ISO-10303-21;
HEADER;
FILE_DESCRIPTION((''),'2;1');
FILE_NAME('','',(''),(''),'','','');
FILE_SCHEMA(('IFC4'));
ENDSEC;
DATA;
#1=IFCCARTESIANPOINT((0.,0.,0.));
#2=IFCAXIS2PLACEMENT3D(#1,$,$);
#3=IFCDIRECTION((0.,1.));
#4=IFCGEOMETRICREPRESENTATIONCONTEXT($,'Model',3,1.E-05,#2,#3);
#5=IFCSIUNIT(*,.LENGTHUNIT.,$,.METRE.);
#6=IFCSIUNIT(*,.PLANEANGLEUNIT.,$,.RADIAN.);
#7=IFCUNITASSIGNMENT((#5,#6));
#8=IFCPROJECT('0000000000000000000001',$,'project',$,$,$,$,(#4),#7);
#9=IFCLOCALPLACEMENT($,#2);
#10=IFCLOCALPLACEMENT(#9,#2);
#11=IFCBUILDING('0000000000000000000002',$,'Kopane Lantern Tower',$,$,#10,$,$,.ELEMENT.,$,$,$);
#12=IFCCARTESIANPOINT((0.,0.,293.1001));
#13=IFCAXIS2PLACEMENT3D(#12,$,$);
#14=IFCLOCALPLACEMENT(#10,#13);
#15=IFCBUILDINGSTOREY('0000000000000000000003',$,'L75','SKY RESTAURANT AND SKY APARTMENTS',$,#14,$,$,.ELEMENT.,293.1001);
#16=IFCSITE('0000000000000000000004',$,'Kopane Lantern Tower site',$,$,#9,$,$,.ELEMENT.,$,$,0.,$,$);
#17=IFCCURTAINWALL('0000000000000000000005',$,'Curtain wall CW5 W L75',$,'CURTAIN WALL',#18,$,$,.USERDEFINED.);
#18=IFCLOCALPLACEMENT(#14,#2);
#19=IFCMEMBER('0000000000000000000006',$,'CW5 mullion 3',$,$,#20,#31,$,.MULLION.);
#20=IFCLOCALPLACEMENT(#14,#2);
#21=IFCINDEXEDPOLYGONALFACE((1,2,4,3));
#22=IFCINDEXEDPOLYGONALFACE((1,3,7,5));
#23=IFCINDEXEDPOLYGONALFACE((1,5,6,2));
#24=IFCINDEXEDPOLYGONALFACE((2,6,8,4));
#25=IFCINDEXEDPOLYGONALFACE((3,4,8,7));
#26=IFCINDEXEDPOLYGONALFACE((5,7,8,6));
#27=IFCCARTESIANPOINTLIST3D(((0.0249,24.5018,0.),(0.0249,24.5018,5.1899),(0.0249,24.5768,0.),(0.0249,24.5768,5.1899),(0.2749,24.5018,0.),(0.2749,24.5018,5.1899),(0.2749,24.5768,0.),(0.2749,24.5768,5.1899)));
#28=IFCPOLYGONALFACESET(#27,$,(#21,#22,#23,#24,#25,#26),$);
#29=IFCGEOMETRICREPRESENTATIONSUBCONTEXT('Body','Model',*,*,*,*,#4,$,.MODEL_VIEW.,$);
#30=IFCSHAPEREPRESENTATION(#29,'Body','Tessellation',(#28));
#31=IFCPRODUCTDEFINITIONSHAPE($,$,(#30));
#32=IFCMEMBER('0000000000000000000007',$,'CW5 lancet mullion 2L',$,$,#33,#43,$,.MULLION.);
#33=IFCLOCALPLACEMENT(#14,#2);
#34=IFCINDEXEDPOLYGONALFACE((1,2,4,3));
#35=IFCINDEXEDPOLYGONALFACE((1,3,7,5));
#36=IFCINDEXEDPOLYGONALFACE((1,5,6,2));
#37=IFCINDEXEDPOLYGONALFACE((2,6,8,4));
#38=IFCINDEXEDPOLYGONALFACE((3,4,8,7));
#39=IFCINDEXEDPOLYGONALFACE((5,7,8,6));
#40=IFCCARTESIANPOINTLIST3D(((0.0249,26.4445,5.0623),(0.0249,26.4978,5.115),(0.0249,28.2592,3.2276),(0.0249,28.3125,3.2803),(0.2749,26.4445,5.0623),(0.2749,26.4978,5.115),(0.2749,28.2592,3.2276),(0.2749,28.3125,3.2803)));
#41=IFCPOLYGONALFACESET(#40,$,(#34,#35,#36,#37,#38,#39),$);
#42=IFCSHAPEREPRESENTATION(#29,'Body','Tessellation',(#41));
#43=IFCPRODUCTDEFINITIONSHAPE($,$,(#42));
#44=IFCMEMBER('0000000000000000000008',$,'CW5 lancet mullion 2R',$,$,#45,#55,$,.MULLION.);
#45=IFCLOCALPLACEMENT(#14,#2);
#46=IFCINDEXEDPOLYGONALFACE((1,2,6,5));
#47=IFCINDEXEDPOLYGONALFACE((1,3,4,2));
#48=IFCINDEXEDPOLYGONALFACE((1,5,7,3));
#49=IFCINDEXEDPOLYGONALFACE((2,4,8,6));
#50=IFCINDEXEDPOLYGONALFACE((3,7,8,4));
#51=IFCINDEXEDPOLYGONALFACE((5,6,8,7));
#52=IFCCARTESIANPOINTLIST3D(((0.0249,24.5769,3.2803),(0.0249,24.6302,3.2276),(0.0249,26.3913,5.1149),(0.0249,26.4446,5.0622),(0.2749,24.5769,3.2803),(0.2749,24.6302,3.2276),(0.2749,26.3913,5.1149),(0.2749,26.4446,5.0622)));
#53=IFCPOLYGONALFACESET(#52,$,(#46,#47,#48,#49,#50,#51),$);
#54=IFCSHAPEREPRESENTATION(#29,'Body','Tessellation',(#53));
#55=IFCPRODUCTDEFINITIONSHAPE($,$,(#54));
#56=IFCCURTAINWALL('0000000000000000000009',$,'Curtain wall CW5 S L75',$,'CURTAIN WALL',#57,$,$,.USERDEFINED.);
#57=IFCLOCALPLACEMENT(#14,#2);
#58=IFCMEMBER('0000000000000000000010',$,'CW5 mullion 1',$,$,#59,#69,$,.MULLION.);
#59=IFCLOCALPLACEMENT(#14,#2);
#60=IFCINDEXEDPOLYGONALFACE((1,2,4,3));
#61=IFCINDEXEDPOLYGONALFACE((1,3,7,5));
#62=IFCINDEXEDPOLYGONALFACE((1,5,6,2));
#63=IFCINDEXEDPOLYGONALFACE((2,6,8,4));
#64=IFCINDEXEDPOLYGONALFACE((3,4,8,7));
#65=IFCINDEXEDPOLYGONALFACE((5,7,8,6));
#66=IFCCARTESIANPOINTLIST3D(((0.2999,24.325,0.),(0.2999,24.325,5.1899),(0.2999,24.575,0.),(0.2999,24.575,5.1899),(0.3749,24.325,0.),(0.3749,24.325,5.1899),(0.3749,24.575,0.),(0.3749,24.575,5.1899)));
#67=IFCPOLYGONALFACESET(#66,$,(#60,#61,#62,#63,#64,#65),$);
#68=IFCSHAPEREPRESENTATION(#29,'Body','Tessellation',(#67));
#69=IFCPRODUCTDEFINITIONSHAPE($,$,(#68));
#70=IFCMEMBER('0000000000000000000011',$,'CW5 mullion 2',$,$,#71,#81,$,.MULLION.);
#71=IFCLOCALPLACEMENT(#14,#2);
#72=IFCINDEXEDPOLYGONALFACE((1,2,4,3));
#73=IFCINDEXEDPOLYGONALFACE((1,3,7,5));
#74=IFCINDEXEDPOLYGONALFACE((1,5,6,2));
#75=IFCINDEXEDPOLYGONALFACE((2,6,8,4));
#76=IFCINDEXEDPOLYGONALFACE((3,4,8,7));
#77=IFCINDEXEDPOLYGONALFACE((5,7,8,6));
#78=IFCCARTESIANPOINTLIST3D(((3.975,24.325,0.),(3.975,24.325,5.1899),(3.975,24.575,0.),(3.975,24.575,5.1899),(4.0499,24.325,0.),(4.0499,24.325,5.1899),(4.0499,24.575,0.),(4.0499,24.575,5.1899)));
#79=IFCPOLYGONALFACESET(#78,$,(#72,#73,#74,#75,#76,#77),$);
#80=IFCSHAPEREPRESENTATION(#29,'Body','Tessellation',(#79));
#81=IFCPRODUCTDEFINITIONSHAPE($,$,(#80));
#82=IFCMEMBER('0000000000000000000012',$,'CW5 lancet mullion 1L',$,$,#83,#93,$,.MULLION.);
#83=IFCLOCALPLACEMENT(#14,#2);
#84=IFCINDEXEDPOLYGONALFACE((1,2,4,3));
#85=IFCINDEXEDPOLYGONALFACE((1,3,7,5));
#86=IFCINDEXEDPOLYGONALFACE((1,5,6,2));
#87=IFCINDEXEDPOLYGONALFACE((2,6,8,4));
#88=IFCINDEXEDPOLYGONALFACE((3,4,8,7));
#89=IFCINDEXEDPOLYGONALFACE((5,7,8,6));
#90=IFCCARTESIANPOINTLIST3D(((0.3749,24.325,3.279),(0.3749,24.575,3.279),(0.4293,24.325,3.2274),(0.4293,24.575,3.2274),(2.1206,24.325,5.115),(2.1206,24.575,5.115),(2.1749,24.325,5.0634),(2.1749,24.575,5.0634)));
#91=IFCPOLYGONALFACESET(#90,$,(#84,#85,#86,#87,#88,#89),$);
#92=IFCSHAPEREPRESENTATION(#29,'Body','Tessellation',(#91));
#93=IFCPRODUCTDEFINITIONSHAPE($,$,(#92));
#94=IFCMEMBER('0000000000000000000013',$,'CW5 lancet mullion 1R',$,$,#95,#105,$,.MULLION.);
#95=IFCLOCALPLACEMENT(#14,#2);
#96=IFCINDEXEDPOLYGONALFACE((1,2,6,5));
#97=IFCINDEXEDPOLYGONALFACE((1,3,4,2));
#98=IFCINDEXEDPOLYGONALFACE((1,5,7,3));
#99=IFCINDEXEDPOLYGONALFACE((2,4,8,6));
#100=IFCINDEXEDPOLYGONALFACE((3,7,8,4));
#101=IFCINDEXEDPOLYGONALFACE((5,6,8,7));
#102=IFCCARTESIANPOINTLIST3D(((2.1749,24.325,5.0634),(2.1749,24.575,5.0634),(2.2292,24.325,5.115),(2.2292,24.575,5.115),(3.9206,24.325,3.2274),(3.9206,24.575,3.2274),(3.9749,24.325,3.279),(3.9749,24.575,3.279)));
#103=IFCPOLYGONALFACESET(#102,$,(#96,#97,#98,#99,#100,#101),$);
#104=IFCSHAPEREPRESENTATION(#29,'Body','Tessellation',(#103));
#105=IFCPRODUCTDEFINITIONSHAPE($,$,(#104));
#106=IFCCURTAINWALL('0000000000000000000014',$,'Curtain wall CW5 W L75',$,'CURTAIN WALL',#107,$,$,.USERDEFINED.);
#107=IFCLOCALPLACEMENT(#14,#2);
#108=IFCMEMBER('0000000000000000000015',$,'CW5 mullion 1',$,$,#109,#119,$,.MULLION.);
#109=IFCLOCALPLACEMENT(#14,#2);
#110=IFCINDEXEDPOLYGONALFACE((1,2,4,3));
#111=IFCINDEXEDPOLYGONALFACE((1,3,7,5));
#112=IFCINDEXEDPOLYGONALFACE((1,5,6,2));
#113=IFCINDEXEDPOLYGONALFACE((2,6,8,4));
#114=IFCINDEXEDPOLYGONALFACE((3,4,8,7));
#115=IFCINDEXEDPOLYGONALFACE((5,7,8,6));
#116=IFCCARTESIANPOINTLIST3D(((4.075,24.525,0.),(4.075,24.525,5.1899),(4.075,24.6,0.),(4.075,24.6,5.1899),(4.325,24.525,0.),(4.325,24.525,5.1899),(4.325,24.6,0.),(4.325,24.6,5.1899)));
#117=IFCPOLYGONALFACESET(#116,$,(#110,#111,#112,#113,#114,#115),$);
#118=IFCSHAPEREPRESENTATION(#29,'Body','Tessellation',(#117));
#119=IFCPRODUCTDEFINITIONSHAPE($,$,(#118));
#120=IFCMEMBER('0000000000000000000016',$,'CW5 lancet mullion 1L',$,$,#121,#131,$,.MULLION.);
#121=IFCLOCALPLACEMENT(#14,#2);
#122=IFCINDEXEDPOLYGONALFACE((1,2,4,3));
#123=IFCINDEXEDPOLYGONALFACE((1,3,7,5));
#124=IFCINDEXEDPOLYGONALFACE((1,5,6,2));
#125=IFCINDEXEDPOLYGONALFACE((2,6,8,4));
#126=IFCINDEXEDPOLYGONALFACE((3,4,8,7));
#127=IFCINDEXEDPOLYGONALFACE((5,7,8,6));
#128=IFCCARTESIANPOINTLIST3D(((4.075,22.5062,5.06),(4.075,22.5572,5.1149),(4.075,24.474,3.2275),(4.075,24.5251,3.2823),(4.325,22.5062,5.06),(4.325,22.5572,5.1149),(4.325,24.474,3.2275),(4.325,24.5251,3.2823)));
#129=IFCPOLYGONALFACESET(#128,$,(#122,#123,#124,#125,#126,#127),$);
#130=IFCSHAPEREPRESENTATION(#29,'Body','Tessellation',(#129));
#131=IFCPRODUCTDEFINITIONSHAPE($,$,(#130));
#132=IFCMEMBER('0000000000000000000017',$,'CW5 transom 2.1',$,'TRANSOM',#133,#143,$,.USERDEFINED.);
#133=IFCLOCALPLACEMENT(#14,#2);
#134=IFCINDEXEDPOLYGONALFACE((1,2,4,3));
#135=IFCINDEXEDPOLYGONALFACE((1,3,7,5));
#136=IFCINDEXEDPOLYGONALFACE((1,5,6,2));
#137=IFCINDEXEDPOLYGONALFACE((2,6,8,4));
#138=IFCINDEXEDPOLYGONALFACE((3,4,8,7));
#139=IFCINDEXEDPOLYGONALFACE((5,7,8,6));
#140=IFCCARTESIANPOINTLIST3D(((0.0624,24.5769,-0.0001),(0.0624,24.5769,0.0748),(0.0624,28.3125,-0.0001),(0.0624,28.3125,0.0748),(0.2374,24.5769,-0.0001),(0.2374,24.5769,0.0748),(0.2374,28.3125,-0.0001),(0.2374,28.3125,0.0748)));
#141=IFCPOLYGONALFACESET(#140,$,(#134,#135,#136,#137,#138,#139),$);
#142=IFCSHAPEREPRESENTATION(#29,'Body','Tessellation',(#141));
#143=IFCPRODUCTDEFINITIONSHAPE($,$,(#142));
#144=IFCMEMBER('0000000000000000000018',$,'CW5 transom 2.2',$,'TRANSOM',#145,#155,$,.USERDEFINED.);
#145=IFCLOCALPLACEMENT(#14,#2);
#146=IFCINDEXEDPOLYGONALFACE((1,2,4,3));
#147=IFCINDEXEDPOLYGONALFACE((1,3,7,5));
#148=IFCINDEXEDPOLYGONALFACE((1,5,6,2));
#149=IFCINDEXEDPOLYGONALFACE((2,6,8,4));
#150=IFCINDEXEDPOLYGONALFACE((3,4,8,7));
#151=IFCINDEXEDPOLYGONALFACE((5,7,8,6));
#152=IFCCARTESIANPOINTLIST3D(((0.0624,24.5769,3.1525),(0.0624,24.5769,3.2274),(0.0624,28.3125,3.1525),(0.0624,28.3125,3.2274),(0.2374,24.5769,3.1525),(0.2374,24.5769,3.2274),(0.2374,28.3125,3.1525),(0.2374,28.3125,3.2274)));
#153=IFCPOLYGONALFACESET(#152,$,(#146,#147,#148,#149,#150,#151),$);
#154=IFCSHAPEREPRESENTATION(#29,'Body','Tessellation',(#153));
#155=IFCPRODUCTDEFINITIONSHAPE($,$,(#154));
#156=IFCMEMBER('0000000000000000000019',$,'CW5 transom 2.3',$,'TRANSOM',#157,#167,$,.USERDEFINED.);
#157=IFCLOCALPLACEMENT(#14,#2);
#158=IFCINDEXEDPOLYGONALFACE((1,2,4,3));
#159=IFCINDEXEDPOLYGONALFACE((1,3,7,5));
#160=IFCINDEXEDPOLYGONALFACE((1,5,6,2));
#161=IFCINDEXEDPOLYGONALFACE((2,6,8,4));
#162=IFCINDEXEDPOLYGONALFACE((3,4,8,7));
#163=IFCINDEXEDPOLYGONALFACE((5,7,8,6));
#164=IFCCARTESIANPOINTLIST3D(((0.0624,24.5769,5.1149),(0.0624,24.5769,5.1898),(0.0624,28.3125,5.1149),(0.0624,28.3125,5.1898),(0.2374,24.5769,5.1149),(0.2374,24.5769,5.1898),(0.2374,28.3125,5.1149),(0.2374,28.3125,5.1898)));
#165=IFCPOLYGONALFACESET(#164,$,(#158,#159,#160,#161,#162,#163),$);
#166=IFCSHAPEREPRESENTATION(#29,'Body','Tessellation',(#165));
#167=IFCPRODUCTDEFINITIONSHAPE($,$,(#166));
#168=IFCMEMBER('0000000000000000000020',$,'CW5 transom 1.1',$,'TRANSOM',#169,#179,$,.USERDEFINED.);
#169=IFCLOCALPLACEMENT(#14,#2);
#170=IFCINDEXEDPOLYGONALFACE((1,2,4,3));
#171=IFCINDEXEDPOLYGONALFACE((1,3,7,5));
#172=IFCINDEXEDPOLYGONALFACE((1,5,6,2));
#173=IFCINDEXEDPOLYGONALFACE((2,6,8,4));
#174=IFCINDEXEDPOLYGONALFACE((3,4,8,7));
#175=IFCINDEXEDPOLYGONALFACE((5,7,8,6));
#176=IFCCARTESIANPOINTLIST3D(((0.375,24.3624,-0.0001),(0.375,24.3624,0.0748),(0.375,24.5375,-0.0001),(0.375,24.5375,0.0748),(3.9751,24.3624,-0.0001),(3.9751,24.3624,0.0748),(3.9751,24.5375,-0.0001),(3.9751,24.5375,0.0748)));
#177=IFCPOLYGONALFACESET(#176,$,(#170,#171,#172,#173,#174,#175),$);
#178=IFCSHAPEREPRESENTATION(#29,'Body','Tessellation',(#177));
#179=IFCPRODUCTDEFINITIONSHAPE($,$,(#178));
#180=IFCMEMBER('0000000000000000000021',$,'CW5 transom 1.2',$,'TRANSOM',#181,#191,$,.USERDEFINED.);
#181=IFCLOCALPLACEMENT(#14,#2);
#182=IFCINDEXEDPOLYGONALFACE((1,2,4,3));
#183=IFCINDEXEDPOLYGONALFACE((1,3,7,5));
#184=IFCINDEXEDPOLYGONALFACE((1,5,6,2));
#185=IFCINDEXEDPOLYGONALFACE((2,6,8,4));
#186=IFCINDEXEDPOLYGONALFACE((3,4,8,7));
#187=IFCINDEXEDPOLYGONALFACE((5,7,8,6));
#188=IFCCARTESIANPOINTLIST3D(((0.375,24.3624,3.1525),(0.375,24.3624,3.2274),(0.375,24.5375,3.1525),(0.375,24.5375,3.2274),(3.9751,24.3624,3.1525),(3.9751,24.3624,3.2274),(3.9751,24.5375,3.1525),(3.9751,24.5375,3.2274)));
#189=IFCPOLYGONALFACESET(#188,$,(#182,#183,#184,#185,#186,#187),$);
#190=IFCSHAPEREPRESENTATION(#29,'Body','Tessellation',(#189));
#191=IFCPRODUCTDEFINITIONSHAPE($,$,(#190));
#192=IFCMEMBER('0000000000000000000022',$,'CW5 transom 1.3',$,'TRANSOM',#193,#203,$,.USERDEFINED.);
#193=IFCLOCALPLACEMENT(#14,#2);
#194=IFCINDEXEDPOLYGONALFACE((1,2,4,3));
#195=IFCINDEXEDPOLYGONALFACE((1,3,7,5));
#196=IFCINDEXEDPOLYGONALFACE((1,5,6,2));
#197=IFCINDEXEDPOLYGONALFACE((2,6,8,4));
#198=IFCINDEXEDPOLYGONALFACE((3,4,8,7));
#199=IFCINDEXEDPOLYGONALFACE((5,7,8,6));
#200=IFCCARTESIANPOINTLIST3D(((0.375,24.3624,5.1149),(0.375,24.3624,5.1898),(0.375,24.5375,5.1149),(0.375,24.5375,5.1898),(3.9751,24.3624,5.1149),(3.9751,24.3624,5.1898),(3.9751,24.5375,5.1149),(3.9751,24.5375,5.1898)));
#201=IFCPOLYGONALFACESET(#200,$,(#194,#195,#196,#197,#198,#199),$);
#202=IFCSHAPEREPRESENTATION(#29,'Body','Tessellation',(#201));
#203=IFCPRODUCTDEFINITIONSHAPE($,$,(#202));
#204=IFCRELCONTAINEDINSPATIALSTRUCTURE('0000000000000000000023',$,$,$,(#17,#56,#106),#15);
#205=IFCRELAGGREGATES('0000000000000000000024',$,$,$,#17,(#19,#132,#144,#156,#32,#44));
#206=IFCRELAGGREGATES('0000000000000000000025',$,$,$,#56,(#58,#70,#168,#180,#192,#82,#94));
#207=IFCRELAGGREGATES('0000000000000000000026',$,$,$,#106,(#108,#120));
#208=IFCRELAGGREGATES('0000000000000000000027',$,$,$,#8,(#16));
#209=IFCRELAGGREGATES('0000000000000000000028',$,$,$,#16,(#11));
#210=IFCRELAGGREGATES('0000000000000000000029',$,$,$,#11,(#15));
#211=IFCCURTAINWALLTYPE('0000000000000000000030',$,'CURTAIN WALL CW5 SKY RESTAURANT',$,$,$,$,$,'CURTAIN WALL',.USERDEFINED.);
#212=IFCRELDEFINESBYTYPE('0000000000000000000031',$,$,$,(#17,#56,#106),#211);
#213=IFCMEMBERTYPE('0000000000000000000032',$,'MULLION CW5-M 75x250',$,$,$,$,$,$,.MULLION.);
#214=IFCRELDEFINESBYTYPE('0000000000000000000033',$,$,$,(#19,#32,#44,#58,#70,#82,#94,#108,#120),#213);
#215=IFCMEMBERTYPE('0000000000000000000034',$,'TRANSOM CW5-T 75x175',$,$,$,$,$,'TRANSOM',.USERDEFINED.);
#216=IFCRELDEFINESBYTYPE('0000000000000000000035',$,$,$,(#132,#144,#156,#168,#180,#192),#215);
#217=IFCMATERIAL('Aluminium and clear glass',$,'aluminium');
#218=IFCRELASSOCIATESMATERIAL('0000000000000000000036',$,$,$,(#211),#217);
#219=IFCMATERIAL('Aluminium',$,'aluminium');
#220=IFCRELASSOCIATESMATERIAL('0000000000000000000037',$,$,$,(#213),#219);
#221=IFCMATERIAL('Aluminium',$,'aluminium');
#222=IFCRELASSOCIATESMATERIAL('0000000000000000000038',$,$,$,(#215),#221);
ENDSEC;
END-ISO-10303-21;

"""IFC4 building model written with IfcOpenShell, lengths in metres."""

from ifc_helpers import new_model, si_unit, direction, frame, origin, origin_2d, place, context, subcontext, project, spatial, rectangle, extrude, material, material_profile, profile_set, type_object, element, aggregate, save


model = new_model("IFC4")

# Units and contexts
model_context = context("Model", 3, precision=1e-05, world=origin(), true_north=direction((0.0, 1.0)))
body_context = subcontext(model_context, "Body", "Model", "MODEL_VIEW")
ifc_project = project(units=[si_unit("LENGTHUNIT", "METRE"), si_unit("PLANEANGLEUNIT", "RADIAN")], contexts=[model_context])

# Site, building, storey
site_placement = place(None, origin())
site = spatial("IfcSite", under=ifc_project, at=site_placement, Name="Kopane Lantern Tower site", CompositionType="ELEMENT", RefElevation=0.0)
building_placement = place(site_placement, origin())
building = spatial("IfcBuilding", under=site, at=building_placement, Name="Kopane Lantern Tower", CompositionType="ELEMENT")
storey_placement = place(building_placement, frame((0.0, 0.0, 293.1001)))
storey = spatial("IfcBuildingStorey", under=building, at=storey_placement, Name="L75", Description="SKY RESTAURANT AND SKY APARTMENTS", CompositionType="ELEMENT", Elevation=293.1001)

# Curtain walls, members
ifc_material_1 = material(Name="Aluminium and clear glass", Category="aluminium")
curtain_wall_type = type_object("IfcCurtainWallType", Name="CURTAIN WALL CW5 SKY RESTAURANT", ElementType="CURTAIN WALL", PredefinedType="USERDEFINED", material=ifc_material_1)
curtain_wall_1_placement = place(storey_placement, origin())
curtain_wall_1 = element("IfcCurtainWall", 1, at=curtain_wall_1_placement, inside=storey, type_object=curtain_wall_type, Name="Curtain wall CW5 W L75", ObjectType="CURTAIN WALL", PredefinedType="USERDEFINED")
ifc_material_2 = material(Name="Aluminium", Category="aluminium")
ifc_material_profile_1 = material_profile(ifc_material_2, rectangle(XDim=0.075, YDim=0.25, at=origin_2d()), Name="AL 75x250")
ifc_profile_set_1 = profile_set([ifc_material_profile_1], Name="Aluminium")
member_type_1 = type_object("IfcMemberType", Name="MULLION CW5-M 75x250", PredefinedType="MULLION", material=ifc_profile_set_1)
member_1_placement = place(storey_placement, frame((0.1499, 24.5393, 0.0), z_axis=(0.0, 0.0, 1.0), x_axis=(0.0, -1.0, 0.0)))
member_1 = element("IfcMember", 2, at=member_1_placement, type_object=member_type_1, Name="CW5 mullion 3", PredefinedType="MULLION", context=body_context, shape_type="SweptSolid", body=[
    extrude(rectangle(XDim=0.075, YDim=0.25, at=origin_2d()), origin(), (0.0, 0.0, 1.0), 5.1899),
])
member_2_placement = place(storey_placement, frame((0.1499, 28.2859, 3.2539), z_axis=(0.0, -0.703217, 0.710975), x_axis=(0.0, 0.710975, 0.703217)))
member_2 = element("IfcMember", 3, at=member_2_placement, type_object=member_type_1, Name="CW5 lancet mullion 2L", PredefinedType="MULLION", context=body_context, shape_type="SweptSolid", body=[
    extrude(rectangle(XDim=0.075, YDim=0.25, at=origin_2d()), origin(), (0.0, 0.0, 1.0), 2.5806),
])
member_3_placement = place(storey_placement, frame((0.1499, 24.6035, 3.2539), z_axis=(0.0, 0.703169, 0.711022), x_axis=(0.0, -0.711022, 0.703169)))
member_3 = element("IfcMember", 4, at=member_3_placement, type_object=member_type_1, Name="CW5 lancet mullion 2R", PredefinedType="MULLION", context=body_context, shape_type="SweptSolid", body=[
    extrude(rectangle(XDim=0.075, YDim=0.25, at=origin_2d()), origin(), (0.0, 0.0, 1.0), 2.5803),
])
curtain_wall_2_placement = place(storey_placement, origin())
curtain_wall_2 = element("IfcCurtainWall", 5, at=curtain_wall_2_placement, inside=storey, type_object=curtain_wall_type, Name="Curtain wall CW5 S L75", ObjectType="CURTAIN WALL", PredefinedType="USERDEFINED")
member_4_placement = place(storey_placement, frame((0.3374, 24.45, 0.0), z_axis=(0.0, 0.0, 1.0), x_axis=(1.0, 0.0, 0.0)))
member_4 = element("IfcMember", 6, at=member_4_placement, type_object=member_type_1, Name="CW5 mullion 1", PredefinedType="MULLION", context=body_context, shape_type="SweptSolid", body=[
    extrude(rectangle(XDim=0.075, YDim=0.25, at=origin_2d()), origin(), (0.0, 0.0, 1.0), 5.1899),
])
member_5_placement = place(storey_placement, frame((4.0125, 24.45, 0.0), z_axis=(0.0, 0.0, 1.0), x_axis=(1.0, 0.0, 0.0)))
member_5 = element("IfcMember", 7, at=member_5_placement, type_object=member_type_1, Name="CW5 mullion 2", PredefinedType="MULLION", context=body_context, shape_type="SweptSolid", body=[
    extrude(rectangle(XDim=0.075, YDim=0.25, at=origin_2d()), origin(), (0.0, 0.0, 1.0), 5.1899),
])
member_6_placement = place(storey_placement, frame((0.4021, 24.45, 3.2532), z_axis=(0.689053, 0.0, 0.724711), x_axis=(-0.724711, 0.0, 0.689053)))
member_6 = element("IfcMember", 8, at=member_6_placement, type_object=member_type_1, Name="CW5 lancet mullion 1L", PredefinedType="MULLION", context=body_context, shape_type="SweptSolid", body=[
    extrude(rectangle(XDim=0.075, YDim=0.25, at=origin_2d()), origin(), (0.0, 0.0, 1.0), 2.5334),
])
member_7_placement = place(storey_placement, frame((3.9478, 24.45, 3.2532), z_axis=(-0.689053, 0.0, 0.724711), x_axis=(0.724711, 0.0, 0.689053)))
member_7 = element("IfcMember", 9, at=member_7_placement, type_object=member_type_1, Name="CW5 lancet mullion 1R", PredefinedType="MULLION", context=body_context, shape_type="SweptSolid", body=[
    extrude(rectangle(XDim=0.075, YDim=0.25, at=origin_2d()), origin(), (0.0, 0.0, 1.0), 2.5334),
])
curtain_wall_3_placement = place(storey_placement, origin())
curtain_wall_3 = element("IfcCurtainWall", 10, at=curtain_wall_3_placement, inside=storey, type_object=curtain_wall_type, Name="Curtain wall CW5 W L75", ObjectType="CURTAIN WALL", PredefinedType="USERDEFINED")
member_8_placement = place(storey_placement, frame((4.2, 24.5625, 0.0), z_axis=(0.0, 0.0, 1.0), x_axis=(0.0, -1.0, 0.0)))
member_8 = element("IfcMember", 11, at=member_8_placement, type_object=member_type_1, Name="CW5 mullion 1", PredefinedType="MULLION", context=body_context, shape_type="SweptSolid", body=[
    extrude(rectangle(XDim=0.075, YDim=0.25, at=origin_2d()), origin(), (0.0, 0.0, 1.0), 5.1899),
])
member_9_placement = place(storey_placement, frame((4.2, 24.4995, 3.2549), z_axis=(0.0, -0.73181, 0.681509), x_axis=(0.0, 0.681509, 0.73181)))
member_9 = element("IfcMember", 12, at=member_9_placement, type_object=member_type_1, Name="CW5 lancet mullion 1L", PredefinedType="MULLION", context=body_context, shape_type="SweptSolid", body=[
    extrude(rectangle(XDim=0.075, YDim=0.25, at=origin_2d()), origin(), (0.0, 0.0, 1.0), 2.689),
])

# Members
ifc_material_3 = material(Name="Aluminium", Category="aluminium")
ifc_material_profile_2 = material_profile(ifc_material_3, rectangle(XDim=0.175, YDim=0.075, at=origin_2d()), Name="AL 175x75")
ifc_profile_set_2 = profile_set([ifc_material_profile_2], Name="Aluminium")
member_type_2 = type_object("IfcMemberType", Name="TRANSOM CW5-T 75x175", ElementType="TRANSOM", PredefinedType="USERDEFINED", material=ifc_profile_set_2)
member_10_placement = place(storey_placement, frame((0.1499, 28.3125, 0.0374), z_axis=(0.0, -1.0, 0.0), x_axis=(1.0, 0.0, 0.0)))
member_10 = element("IfcMember", 13, at=member_10_placement, type_object=member_type_2, Name="CW5 transom 2.1", ObjectType="TRANSOM", PredefinedType="USERDEFINED", context=body_context, shape_type="SweptSolid", body=[
    extrude(rectangle(XDim=0.175, YDim=0.075, at=origin_2d()), origin(), (0.0, 0.0, 1.0), 3.7356),
])
member_11_placement = place(storey_placement, frame((0.1499, 28.3125, 3.1899), z_axis=(0.0, -1.0, 0.0), x_axis=(1.0, 0.0, 0.0)))
member_11 = element("IfcMember", 14, at=member_11_placement, type_object=member_type_2, Name="CW5 transom 2.2", ObjectType="TRANSOM", PredefinedType="USERDEFINED", context=body_context, shape_type="SweptSolid", body=[
    extrude(rectangle(XDim=0.175, YDim=0.075, at=origin_2d()), origin(), (0.0, 0.0, 1.0), 3.7356),
])
member_12_placement = place(storey_placement, frame((0.1499, 28.3125, 5.1523), z_axis=(0.0, -1.0, 0.0), x_axis=(1.0, 0.0, 0.0)))
member_12 = element("IfcMember", 15, at=member_12_placement, type_object=member_type_2, Name="CW5 transom 2.3", ObjectType="TRANSOM", PredefinedType="USERDEFINED", context=body_context, shape_type="SweptSolid", body=[
    extrude(rectangle(XDim=0.175, YDim=0.075, at=origin_2d()), origin(), (0.0, 0.0, 1.0), 3.7356),
])
member_13_placement = place(storey_placement, frame((0.375, 24.45, 0.0374), z_axis=(1.0, 0.0, 0.0), x_axis=(0.0, 1.0, 0.0)))
member_13 = element("IfcMember", 16, at=member_13_placement, type_object=member_type_2, Name="CW5 transom 1.1", ObjectType="TRANSOM", PredefinedType="USERDEFINED", context=body_context, shape_type="SweptSolid", body=[
    extrude(rectangle(XDim=0.175, YDim=0.075, at=origin_2d()), origin(), (0.0, 0.0, 1.0), 3.6001),
])
member_14_placement = place(storey_placement, frame((0.375, 24.45, 3.1899), z_axis=(1.0, 0.0, 0.0), x_axis=(0.0, 1.0, 0.0)))
member_14 = element("IfcMember", 17, at=member_14_placement, type_object=member_type_2, Name="CW5 transom 1.2", ObjectType="TRANSOM", PredefinedType="USERDEFINED", context=body_context, shape_type="SweptSolid", body=[
    extrude(rectangle(XDim=0.175, YDim=0.075, at=origin_2d()), origin(), (0.0, 0.0, 1.0), 3.6001),
])
member_15_placement = place(storey_placement, frame((0.375, 24.45, 5.1523), z_axis=(1.0, 0.0, 0.0), x_axis=(0.0, 1.0, 0.0)))
member_15 = element("IfcMember", 18, at=member_15_placement, type_object=member_type_2, Name="CW5 transom 1.3", ObjectType="TRANSOM", PredefinedType="USERDEFINED", context=body_context, shape_type="SweptSolid", body=[
    extrude(rectangle(XDim=0.175, YDim=0.075, at=origin_2d()), origin(), (0.0, 0.0, 1.0), 3.6001),
])

aggregate(curtain_wall_1, [member_1, member_10, member_11, member_12, member_2, member_3])
aggregate(curtain_wall_2, [member_4, member_5, member_13, member_14, member_15, member_6, member_7])
aggregate(curtain_wall_3, [member_8, member_9])

save(model, "model.ifc")
